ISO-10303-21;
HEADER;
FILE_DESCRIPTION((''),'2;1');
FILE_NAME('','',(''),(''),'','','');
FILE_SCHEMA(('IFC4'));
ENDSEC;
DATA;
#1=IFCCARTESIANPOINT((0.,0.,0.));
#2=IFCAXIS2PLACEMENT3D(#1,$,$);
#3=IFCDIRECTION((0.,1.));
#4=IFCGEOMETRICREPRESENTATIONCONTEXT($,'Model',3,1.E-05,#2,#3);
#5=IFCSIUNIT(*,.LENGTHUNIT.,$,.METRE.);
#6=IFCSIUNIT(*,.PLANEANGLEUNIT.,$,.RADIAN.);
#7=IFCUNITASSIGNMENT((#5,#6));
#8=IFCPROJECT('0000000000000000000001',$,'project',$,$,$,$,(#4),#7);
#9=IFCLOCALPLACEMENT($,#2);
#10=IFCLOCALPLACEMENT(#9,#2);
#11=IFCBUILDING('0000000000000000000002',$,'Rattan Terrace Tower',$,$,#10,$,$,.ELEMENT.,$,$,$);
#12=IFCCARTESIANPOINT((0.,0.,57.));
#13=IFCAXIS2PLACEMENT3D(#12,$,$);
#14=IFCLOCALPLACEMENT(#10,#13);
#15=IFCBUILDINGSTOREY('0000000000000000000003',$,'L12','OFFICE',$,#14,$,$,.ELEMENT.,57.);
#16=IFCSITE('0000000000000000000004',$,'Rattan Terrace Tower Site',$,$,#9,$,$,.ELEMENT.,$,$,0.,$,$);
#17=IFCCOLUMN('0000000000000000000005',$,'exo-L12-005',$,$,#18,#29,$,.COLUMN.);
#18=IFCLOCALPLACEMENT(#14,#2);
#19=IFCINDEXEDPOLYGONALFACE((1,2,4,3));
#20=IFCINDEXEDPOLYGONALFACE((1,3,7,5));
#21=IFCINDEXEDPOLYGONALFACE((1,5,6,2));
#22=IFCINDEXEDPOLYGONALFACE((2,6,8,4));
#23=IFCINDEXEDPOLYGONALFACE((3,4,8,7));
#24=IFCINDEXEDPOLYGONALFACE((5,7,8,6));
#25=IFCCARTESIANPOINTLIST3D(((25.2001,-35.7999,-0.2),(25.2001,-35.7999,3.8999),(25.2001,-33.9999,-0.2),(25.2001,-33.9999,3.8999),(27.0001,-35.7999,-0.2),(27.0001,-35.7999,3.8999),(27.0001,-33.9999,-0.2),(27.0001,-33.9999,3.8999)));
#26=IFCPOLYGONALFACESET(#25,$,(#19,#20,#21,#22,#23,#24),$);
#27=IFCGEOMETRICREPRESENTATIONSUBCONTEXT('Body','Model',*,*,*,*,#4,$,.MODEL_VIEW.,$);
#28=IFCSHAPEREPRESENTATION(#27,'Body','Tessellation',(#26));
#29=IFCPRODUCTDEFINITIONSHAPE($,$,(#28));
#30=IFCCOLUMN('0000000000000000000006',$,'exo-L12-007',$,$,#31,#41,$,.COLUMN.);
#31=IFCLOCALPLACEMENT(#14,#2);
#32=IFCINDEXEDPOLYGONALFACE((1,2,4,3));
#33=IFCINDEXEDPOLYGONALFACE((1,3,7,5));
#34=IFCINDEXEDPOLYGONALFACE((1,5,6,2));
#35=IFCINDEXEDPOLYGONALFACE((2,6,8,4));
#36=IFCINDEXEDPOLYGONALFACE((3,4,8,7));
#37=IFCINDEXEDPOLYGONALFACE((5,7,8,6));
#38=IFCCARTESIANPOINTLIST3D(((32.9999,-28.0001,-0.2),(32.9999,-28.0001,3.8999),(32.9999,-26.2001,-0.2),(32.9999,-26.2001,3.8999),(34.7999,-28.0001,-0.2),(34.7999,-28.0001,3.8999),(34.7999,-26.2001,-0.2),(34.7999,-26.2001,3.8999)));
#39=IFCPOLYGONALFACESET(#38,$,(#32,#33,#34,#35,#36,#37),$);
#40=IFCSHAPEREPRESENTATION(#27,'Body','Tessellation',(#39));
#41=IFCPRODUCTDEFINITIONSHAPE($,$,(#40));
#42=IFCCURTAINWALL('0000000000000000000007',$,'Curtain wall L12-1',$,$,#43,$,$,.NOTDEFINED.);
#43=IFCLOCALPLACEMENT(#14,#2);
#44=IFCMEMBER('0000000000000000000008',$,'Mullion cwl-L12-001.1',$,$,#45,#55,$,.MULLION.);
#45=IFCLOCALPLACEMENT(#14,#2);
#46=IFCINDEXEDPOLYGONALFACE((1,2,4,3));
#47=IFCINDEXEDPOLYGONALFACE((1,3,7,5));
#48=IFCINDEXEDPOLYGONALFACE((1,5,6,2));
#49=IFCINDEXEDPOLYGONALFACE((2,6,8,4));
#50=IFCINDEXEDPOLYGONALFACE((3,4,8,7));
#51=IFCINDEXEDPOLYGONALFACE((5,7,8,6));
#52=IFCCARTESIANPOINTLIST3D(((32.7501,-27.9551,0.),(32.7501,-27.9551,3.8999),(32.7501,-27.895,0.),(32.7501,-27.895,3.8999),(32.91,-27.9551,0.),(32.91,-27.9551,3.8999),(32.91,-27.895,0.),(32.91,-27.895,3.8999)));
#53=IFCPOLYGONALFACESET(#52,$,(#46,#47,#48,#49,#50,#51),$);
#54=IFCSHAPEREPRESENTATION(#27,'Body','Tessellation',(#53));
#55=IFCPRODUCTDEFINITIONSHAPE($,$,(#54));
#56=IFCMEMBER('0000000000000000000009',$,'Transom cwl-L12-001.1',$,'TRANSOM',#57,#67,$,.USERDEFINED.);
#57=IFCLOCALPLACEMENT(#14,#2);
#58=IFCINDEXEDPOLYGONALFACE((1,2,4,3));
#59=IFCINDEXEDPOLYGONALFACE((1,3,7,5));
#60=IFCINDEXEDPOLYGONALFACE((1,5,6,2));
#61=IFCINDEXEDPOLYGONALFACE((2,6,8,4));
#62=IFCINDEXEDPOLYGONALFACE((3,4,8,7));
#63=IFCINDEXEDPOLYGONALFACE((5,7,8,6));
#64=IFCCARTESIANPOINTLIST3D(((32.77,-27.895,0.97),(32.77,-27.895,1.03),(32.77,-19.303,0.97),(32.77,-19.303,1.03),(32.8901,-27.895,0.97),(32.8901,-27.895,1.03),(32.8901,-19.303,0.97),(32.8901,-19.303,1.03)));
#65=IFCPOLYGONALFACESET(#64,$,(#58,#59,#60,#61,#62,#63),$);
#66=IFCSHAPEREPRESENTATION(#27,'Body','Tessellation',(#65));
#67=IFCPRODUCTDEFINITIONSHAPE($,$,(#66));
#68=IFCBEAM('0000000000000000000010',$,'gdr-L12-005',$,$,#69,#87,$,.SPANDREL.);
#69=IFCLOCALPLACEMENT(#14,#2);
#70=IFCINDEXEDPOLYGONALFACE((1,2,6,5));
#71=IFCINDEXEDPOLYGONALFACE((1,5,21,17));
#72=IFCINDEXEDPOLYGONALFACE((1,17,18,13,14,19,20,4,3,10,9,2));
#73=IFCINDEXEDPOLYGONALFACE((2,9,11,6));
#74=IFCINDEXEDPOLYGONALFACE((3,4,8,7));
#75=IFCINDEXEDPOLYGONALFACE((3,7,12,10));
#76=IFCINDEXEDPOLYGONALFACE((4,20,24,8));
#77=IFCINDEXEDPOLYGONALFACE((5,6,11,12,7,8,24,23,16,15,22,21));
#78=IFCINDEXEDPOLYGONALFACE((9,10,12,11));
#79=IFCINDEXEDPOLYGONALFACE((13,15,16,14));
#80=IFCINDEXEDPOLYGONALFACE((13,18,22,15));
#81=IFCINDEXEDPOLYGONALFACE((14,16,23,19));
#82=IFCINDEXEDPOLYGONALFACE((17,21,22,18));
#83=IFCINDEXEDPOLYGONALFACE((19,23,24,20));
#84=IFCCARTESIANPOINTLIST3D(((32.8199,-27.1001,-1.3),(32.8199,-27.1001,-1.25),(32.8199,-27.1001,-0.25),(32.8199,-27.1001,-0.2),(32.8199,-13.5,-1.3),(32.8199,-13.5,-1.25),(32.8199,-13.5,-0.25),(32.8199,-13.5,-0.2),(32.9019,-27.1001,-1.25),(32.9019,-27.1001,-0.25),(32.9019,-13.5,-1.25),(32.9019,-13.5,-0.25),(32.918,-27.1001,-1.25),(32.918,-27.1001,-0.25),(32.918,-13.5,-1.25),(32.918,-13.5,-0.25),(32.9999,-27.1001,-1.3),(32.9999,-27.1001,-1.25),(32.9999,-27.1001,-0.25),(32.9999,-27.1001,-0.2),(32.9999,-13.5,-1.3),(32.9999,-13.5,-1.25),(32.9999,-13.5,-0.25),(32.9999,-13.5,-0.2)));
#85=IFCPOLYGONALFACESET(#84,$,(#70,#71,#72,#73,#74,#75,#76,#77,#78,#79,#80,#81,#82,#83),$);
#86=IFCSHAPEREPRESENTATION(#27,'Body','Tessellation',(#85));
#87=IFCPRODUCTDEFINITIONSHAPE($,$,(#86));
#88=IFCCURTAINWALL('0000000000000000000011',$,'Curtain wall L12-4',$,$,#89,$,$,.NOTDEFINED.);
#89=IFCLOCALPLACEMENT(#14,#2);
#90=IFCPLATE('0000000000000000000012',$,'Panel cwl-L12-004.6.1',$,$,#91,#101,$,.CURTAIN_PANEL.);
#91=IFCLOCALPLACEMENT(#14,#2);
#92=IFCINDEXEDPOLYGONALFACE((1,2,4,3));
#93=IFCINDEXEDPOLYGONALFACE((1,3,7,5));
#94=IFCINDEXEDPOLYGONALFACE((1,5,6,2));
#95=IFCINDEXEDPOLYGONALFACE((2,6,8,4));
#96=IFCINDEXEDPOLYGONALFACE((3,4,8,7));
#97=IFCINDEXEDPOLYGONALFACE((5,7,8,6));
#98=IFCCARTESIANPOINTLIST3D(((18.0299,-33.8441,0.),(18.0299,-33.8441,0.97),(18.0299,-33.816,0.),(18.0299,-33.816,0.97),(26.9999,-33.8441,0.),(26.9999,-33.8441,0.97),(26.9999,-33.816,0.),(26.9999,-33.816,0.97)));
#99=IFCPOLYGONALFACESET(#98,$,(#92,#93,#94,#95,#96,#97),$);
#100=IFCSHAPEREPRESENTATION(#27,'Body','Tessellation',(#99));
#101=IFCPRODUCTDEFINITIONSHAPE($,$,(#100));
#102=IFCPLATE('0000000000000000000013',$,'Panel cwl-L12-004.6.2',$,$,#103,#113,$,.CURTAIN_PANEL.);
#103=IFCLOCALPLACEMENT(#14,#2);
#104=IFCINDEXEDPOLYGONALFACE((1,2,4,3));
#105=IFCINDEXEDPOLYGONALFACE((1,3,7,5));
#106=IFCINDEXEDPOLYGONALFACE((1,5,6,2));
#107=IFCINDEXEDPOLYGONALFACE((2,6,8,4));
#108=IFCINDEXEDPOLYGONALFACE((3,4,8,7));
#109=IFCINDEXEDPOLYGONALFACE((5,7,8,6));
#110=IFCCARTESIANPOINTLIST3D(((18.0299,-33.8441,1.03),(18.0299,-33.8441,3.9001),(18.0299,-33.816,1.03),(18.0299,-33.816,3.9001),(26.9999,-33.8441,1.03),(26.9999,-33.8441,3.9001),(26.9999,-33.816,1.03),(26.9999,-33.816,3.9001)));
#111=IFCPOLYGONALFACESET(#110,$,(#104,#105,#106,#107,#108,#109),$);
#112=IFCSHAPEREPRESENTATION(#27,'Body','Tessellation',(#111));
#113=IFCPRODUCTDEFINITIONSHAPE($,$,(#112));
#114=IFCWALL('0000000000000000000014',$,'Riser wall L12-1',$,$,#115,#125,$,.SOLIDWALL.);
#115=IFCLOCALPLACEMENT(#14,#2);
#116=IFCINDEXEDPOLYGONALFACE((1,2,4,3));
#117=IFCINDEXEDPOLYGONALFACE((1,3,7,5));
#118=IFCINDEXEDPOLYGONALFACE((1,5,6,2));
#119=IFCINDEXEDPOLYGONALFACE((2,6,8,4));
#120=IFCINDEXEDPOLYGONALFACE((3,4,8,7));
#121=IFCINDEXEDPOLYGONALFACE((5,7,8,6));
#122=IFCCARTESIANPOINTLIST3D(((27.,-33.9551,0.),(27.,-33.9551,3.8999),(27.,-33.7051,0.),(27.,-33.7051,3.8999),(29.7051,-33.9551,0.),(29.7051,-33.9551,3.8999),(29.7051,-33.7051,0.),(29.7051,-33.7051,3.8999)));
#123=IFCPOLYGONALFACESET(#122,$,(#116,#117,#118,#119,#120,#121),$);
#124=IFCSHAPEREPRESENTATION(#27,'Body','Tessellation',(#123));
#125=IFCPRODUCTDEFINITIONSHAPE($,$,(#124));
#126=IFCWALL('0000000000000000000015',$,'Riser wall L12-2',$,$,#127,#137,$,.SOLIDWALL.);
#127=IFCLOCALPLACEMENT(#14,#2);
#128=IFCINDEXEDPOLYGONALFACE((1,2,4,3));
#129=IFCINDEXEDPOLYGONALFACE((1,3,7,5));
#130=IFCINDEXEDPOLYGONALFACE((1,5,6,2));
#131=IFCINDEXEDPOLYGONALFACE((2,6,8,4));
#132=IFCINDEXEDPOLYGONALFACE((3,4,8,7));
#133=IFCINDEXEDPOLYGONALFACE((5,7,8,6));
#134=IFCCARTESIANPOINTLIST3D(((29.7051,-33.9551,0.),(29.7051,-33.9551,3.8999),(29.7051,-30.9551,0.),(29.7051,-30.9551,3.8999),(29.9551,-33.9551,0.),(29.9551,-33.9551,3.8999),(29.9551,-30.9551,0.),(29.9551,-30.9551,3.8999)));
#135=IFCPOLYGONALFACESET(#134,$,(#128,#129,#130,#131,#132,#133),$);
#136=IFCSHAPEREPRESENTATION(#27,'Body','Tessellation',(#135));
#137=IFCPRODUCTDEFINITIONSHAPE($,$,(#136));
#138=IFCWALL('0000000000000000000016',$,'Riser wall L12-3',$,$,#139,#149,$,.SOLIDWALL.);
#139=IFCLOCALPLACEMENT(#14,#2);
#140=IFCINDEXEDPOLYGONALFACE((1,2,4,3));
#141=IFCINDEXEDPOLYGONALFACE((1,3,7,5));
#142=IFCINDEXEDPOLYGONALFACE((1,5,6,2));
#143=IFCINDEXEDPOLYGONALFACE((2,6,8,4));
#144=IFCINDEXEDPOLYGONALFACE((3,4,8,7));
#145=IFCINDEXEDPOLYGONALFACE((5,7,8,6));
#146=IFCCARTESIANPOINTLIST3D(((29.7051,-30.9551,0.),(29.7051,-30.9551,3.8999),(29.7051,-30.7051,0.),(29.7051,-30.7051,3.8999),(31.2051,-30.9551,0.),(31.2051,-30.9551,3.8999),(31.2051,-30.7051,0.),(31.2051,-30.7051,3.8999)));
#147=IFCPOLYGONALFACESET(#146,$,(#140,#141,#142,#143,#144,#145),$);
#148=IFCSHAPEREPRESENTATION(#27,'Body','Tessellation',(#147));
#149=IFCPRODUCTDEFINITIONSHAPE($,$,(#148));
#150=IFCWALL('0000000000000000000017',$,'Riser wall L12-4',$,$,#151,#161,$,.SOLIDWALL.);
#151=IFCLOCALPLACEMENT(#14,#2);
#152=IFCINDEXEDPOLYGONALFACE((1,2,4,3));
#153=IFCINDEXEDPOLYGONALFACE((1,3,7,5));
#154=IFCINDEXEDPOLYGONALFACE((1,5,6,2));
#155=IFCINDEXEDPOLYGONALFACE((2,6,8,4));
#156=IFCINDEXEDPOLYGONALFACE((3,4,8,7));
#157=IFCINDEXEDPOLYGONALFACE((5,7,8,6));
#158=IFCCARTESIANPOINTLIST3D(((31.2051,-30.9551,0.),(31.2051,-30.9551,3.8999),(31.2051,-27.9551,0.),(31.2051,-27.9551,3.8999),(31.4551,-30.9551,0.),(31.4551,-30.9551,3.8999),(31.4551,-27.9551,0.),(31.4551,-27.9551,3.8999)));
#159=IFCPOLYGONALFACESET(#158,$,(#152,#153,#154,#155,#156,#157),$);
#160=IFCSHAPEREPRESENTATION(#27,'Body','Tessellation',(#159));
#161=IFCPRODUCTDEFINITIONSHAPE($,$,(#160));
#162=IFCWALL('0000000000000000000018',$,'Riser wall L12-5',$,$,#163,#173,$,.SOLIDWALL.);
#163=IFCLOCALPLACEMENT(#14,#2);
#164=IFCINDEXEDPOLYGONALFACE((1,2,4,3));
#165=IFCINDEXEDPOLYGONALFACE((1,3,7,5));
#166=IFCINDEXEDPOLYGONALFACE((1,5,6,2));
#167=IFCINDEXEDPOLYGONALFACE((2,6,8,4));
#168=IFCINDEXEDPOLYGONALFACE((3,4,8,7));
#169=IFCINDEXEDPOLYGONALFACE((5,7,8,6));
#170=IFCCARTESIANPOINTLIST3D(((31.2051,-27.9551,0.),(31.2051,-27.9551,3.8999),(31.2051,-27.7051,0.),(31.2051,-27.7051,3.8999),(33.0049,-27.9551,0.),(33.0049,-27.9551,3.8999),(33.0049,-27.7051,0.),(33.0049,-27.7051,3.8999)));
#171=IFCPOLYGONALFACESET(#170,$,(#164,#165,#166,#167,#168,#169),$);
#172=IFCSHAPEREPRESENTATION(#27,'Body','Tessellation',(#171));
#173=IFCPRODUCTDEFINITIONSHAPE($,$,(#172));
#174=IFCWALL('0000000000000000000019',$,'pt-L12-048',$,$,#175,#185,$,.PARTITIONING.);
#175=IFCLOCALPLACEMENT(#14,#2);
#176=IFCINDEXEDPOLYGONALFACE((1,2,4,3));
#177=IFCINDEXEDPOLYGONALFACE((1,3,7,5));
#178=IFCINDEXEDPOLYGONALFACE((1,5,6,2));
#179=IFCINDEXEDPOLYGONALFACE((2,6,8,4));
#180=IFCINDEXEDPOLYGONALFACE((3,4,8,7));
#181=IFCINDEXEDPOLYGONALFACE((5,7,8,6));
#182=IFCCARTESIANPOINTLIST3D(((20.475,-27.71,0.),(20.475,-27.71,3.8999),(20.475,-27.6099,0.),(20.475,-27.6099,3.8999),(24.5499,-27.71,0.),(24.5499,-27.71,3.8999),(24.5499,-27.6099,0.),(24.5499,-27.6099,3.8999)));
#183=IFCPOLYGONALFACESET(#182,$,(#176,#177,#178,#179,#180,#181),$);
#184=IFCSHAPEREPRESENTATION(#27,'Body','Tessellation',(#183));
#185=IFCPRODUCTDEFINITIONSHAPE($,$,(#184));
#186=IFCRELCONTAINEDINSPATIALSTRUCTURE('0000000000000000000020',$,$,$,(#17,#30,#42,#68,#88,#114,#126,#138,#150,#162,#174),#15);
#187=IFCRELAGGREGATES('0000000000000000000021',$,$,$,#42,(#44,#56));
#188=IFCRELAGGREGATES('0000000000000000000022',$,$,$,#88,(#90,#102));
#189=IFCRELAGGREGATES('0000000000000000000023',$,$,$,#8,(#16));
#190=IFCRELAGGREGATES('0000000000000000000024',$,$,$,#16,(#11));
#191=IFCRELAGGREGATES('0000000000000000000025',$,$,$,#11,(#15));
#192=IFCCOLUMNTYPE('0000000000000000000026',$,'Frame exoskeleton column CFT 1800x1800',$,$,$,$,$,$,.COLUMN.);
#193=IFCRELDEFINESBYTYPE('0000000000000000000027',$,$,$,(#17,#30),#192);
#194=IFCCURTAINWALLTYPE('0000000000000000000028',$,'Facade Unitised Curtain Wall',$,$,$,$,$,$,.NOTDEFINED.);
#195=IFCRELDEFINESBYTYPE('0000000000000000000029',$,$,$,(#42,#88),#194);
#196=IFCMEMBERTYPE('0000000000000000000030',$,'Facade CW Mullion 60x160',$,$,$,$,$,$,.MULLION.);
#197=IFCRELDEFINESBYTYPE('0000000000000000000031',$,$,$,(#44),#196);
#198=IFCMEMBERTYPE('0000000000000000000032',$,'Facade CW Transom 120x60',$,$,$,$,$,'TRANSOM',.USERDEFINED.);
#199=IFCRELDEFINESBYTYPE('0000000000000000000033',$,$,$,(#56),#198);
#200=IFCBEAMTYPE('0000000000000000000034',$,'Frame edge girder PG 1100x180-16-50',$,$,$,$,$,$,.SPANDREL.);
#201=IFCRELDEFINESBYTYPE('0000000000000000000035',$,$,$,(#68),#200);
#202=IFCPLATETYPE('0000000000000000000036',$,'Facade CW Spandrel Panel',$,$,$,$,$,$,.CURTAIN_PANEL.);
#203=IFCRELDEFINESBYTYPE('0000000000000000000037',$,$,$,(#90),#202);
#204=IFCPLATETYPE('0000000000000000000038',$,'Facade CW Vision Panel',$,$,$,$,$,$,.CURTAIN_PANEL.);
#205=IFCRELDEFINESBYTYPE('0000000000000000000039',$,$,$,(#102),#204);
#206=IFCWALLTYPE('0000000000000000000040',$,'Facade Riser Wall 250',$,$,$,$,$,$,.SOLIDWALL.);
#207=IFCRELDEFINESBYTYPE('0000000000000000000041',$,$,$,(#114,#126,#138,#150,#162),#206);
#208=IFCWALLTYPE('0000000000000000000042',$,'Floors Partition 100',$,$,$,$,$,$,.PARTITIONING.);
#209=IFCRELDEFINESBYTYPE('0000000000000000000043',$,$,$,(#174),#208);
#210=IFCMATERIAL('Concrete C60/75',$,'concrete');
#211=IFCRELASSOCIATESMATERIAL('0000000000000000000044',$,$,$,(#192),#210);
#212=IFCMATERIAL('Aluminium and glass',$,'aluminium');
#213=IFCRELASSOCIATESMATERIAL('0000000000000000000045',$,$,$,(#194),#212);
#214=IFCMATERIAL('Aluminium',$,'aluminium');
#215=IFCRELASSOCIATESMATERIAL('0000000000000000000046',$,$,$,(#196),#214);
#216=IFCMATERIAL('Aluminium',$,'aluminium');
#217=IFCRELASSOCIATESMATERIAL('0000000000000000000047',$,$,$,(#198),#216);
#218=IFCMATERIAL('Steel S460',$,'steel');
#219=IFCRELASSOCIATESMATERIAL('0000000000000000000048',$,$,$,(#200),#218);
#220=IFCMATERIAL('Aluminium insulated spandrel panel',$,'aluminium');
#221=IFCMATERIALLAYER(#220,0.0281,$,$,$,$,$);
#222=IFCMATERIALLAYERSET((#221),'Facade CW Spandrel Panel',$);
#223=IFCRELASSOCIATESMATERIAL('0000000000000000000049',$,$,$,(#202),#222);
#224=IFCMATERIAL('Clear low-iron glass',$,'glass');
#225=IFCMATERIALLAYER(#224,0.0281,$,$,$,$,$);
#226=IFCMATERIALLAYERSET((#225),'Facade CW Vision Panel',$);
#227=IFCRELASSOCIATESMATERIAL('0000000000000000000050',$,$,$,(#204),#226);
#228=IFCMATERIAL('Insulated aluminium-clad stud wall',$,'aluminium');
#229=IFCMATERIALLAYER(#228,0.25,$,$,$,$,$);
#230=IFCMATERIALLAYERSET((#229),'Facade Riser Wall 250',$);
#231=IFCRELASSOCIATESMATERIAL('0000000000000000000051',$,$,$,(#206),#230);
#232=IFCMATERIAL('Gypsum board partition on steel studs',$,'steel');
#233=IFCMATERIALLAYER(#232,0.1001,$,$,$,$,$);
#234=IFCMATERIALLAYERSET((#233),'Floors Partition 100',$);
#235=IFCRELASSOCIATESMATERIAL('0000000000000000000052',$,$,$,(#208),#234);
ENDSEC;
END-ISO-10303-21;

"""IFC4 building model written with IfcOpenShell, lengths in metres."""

from ifc_helpers import new_model, si_unit, direction, frame, frame_2d, origin, origin_2d, place, context, subcontext, project, spatial, rectangle, i_section, extrude, material, layer, layer_set, material_profile, profile_set, type_object, element, aggregate, save


model = new_model("IFC4")

# Units and contexts
model_context = context("Model", 3, precision=1e-05, world=origin(), true_north=direction((0.0, 1.0)))
body_context = subcontext(model_context, "Body", "Model", "MODEL_VIEW")
ifc_project = project(units=[si_unit("LENGTHUNIT", "METRE"), si_unit("PLANEANGLEUNIT", "RADIAN")], contexts=[model_context])

# Site, building, storey
site_placement = place(None, origin())
site = spatial("IfcSite", under=ifc_project, at=site_placement, Name="Rattan Terrace Tower Site", CompositionType="ELEMENT", RefElevation=0.0)
building_placement = place(site_placement, origin())
building = spatial("IfcBuilding", under=site, at=building_placement, Name="Rattan Terrace Tower", CompositionType="ELEMENT")
storey_placement = place(building_placement, frame((0.0, 0.0, 57.0)))
storey = spatial("IfcBuildingStorey", under=building, at=storey_placement, Name="L12", Description="OFFICE", CompositionType="ELEMENT", Elevation=57.0)

# Columns
ifc_material_1 = material(Name="Concrete C60/75", Category="concrete")
ifc_material_profile_1 = material_profile(ifc_material_1, rectangle(XDim=1.8, YDim=1.8, at=origin_2d()), Name="CFT 1800x1800")
ifc_profile_set_1 = profile_set([ifc_material_profile_1], Name="Concrete C60/75")
column_type = type_object("IfcColumnType", Name="Frame exoskeleton column CFT 1800x1800", PredefinedType="COLUMN", material=ifc_profile_set_1)
for number, where, z_axis, x_axis, name in (
    (1, (26.1001, -34.8999, -0.2), (0.0, 0.0, 1.0), (1.0, 0.0, 0.0), "exo-L12-005"),
    (2, (33.8999, -27.1001, -0.2), (0.0, 0.0, 1.0), (0.0, 1.0, 0.0), "exo-L12-007"),
):
    element("IfcColumn", number, at=place(storey_placement, frame(where, z_axis=z_axis, x_axis=x_axis)), inside=storey, type_object=column_type, Name=name, PredefinedType="COLUMN", context=body_context, shape_type="SweptSolid", body=[
        extrude(rectangle(XDim=1.8, YDim=1.8, at=origin_2d()), origin(), (0.0, 0.0, 1.0), 4.0999),
    ])

# Curtain wall, members
ifc_material_2 = material(Name="Aluminium and glass", Category="aluminium")
curtain_wall_type = type_object("IfcCurtainWallType", Name="Facade Unitised Curtain Wall", PredefinedType="NOTDEFINED", material=ifc_material_2)
curtain_wall_1_placement = place(storey_placement, origin())
curtain_wall_1 = element("IfcCurtainWall", 3, at=curtain_wall_1_placement, inside=storey, type_object=curtain_wall_type, Name="Curtain wall L12-1", PredefinedType="NOTDEFINED")
ifc_material_3 = material(Name="Aluminium", Category="aluminium")
ifc_material_profile_2 = material_profile(ifc_material_3, rectangle(XDim=0.0601, YDim=0.1599, at=origin_2d()), Name="Aluminium 60x160")
ifc_profile_set_2 = profile_set([ifc_material_profile_2], Name="Aluminium")
member_type_1 = type_object("IfcMemberType", Name="Facade CW Mullion 60x160", PredefinedType="MULLION", material=ifc_profile_set_2)
member_1_placement = place(storey_placement, frame((32.8301, -27.925, 0.0), z_axis=(0.0, 0.0, 1.0), x_axis=(0.0, 1.0, 0.0)))
member_1 = element("IfcMember", 4, at=member_1_placement, type_object=member_type_1, Name="Mullion cwl-L12-001.1", PredefinedType="MULLION", context=body_context, shape_type="SweptSolid", body=[
    extrude(rectangle(XDim=0.0601, YDim=0.1599, at=origin_2d()), origin(), (0.0, 0.0, 1.0), 3.8999),
])
ifc_material_4 = material(Name="Aluminium", Category="aluminium")
ifc_material_profile_3 = material_profile(ifc_material_4, rectangle(XDim=0.1201, YDim=0.0601, at=origin_2d()), Name="Aluminium 120x60")
ifc_profile_set_3 = profile_set([ifc_material_profile_3], Name="Aluminium")
member_type_2 = type_object("IfcMemberType", Name="Facade CW Transom 120x60", ElementType="TRANSOM", PredefinedType="USERDEFINED", material=ifc_profile_set_3)
member_2_placement = place(storey_placement, frame((32.8301, -27.895, 1.0), z_axis=(0.0, 1.0, 0.0), x_axis=(-1.0, 0.0, 0.0)))
member_2 = element("IfcMember", 5, at=member_2_placement, type_object=member_type_2, Name="Transom cwl-L12-001.1", ObjectType="TRANSOM", PredefinedType="USERDEFINED", context=body_context, shape_type="SweptSolid", body=[
    extrude(rectangle(XDim=0.1201, YDim=0.0601, at=origin_2d()), origin(), (0.0, 0.0, 1.0), 8.592),
])
aggregate(curtain_wall_1, [member_1, member_2])

# Beam
ifc_material_5 = material(Name="Steel S460", Category="steel")
ifc_material_profile_4 = material_profile(ifc_material_5, i_section(OverallWidth=0.1799, OverallDepth=1.1001, WebThickness=0.0161, FlangeThickness=0.05, at=origin_2d()), Name="PG 1100x180-16-50")
ifc_profile_set_4 = profile_set([ifc_material_profile_4], Name="Steel S460")
beam_type = type_object("IfcBeamType", Name="Frame edge girder PG 1100x180-16-50", PredefinedType="SPANDREL", material=ifc_profile_set_4)
beam_placement = place(storey_placement, frame((32.9099, -27.1001, -0.75), z_axis=(0.0, 1.0, 0.0), x_axis=(-1.0, 0.0, 0.0)))
element("IfcBeam", 6, at=beam_placement, inside=storey, type_object=beam_type, Name="gdr-L12-005", PredefinedType="SPANDREL", context=body_context, shape_type="SweptSolid", body=[
    extrude(i_section(OverallWidth=0.1799, OverallDepth=1.1001, WebThickness=0.0161, FlangeThickness=0.05, at=origin_2d()), origin(), (0.0, 0.0, 1.0), 13.6001),
])

# Curtain wall, plates
curtain_wall_2_placement = place(storey_placement, origin())
curtain_wall_2 = element("IfcCurtainWall", 7, at=curtain_wall_2_placement, inside=storey, type_object=curtain_wall_type, Name="Curtain wall L12-4", PredefinedType="NOTDEFINED")
ifc_material_6 = material(Name="Aluminium insulated spandrel panel", Category="aluminium")
ifc_layer_1 = layer(ifc_material_6, 0.0281)
ifc_layer_set_1 = layer_set([ifc_layer_1], Name="Facade CW Spandrel Panel")
plate_type_1 = type_object("IfcPlateType", Name="Facade CW Spandrel Panel", PredefinedType="CURTAIN_PANEL", material=ifc_layer_set_1)
plate_1_placement = place(storey_placement, frame((22.5149, -33.8301, 0.0), z_axis=(0.0, 0.0, 1.0), x_axis=(1.0, 0.0, 0.0)))
plate_1 = element("IfcPlate", 8, at=plate_1_placement, type_object=plate_type_1, Name="Panel cwl-L12-004.6.1", PredefinedType="CURTAIN_PANEL", context=body_context, shape_type="SweptSolid", body=[
    extrude(rectangle(XDim=8.97, YDim=0.0281, at=origin_2d()), origin(), (0.0, 0.0, 1.0), 0.97),
])
ifc_material_7 = material(Name="Clear low-iron glass", Category="glass")
ifc_layer_2 = layer(ifc_material_7, 0.0281)
ifc_layer_set_2 = layer_set([ifc_layer_2], Name="Facade CW Vision Panel")
plate_type_2 = type_object("IfcPlateType", Name="Facade CW Vision Panel", PredefinedType="CURTAIN_PANEL", material=ifc_layer_set_2)
plate_2_placement = place(storey_placement, frame((22.5149, -33.8301, 1.03), z_axis=(0.0, 0.0, 1.0), x_axis=(1.0, 0.0, 0.0)))
plate_2 = element("IfcPlate", 9, at=plate_2_placement, type_object=plate_type_2, Name="Panel cwl-L12-004.6.2", PredefinedType="CURTAIN_PANEL", context=body_context, shape_type="SweptSolid", body=[
    extrude(rectangle(XDim=8.97, YDim=0.0281, at=origin_2d()), origin(), (0.0, 0.0, 1.0), 2.8701),
])
aggregate(curtain_wall_2, [plate_1, plate_2])

# Walls
ifc_material_8 = material(Name="Insulated aluminium-clad stud wall", Category="aluminium")
ifc_layer_3 = layer(ifc_material_8, 0.25)
ifc_layer_set_3 = layer_set([ifc_layer_3], Name="Facade Riser Wall 250")
wall_type_1 = type_object("IfcWallType", Name="Facade Riser Wall 250", PredefinedType="SOLIDWALL", material=ifc_layer_set_3)
wall_1_placement = place(storey_placement, frame((27.0, -33.8301, 0.0), z_axis=(0.0, 0.0, 1.0), x_axis=(1.0, 0.0, 0.0)))
element("IfcWall", 10, at=wall_1_placement, inside=storey, type_object=wall_type_1, Name="Riser wall L12-1", PredefinedType="SOLIDWALL", context=body_context, shape_type="SweptSolid", body=[
    extrude(rectangle(XDim=2.7051, YDim=0.25, at=frame_2d((1.3525, 0.0))), origin(), (0.0, 0.0, 1.0), 3.8999),
])
wall_2_placement = place(storey_placement, frame((29.8301, -33.9551, 0.0), z_axis=(0.0, 0.0, 1.0), x_axis=(0.0, 1.0, 0.0)))
element("IfcWall", 11, at=wall_2_placement, inside=storey, type_object=wall_type_1, Name="Riser wall L12-2", PredefinedType="SOLIDWALL", context=body_context, shape_type="SweptSolid", body=[
    extrude(rectangle(XDim=3.0, YDim=0.25, at=frame_2d((1.5, 0.0))), origin(), (0.0, 0.0, 1.0), 3.8999),
])
wall_3_placement = place(storey_placement, frame((29.7051, -30.8301, 0.0), z_axis=(0.0, 0.0, 1.0), x_axis=(1.0, 0.0, 0.0)))
element("IfcWall", 12, at=wall_3_placement, inside=storey, type_object=wall_type_1, Name="Riser wall L12-3", PredefinedType="SOLIDWALL", context=body_context, shape_type="SweptSolid", body=[
    extrude(rectangle(XDim=1.5, YDim=0.25, at=frame_2d((0.75, 0.0))), origin(), (0.0, 0.0, 1.0), 3.8999),
])
wall_4_placement = place(storey_placement, frame((31.3301, -30.9551, 0.0), z_axis=(0.0, 0.0, 1.0), x_axis=(0.0, 1.0, 0.0)))
element("IfcWall", 13, at=wall_4_placement, inside=storey, type_object=wall_type_1, Name="Riser wall L12-4", PredefinedType="SOLIDWALL", context=body_context, shape_type="SweptSolid", body=[
    extrude(rectangle(XDim=3.0, YDim=0.25, at=frame_2d((1.5, 0.0))), origin(), (0.0, 0.0, 1.0), 3.8999),
])
wall_5_placement = place(storey_placement, frame((31.2051, -27.8301, 0.0), z_axis=(0.0, 0.0, 1.0), x_axis=(1.0, 0.0, 0.0)))
element("IfcWall", 14, at=wall_5_placement, inside=storey, type_object=wall_type_1, Name="Riser wall L12-5", PredefinedType="SOLIDWALL", context=body_context, shape_type="SweptSolid", body=[
    extrude(rectangle(XDim=1.7998, YDim=0.25, at=frame_2d((0.8999, 0.0))), origin(), (0.0, 0.0, 1.0), 3.8999),
])
ifc_material_9 = material(Name="Gypsum board partition on steel studs", Category="steel")
ifc_layer_4 = layer(ifc_material_9, 0.1001)
ifc_layer_set_4 = layer_set([ifc_layer_4], Name="Floors Partition 100")
wall_type_2 = type_object("IfcWallType", Name="Floors Partition 100", PredefinedType="PARTITIONING", material=ifc_layer_set_4)
wall_6_placement = place(storey_placement, frame((24.55, -27.6599, 0.0), z_axis=(0.0, 0.0, 1.0), x_axis=(-1.0, 0.0, 0.0)))
element("IfcWall", 15, at=wall_6_placement, inside=storey, type_object=wall_type_2, Name="pt-L12-048", PredefinedType="PARTITIONING", context=body_context, shape_type="SweptSolid", body=[
    extrude(rectangle(XDim=4.075, YDim=0.1001, at=frame_2d((2.0376, 0.0))), origin(), (0.0, 0.0, 1.0), 3.8999),
])

save(model, "model.ifc")
